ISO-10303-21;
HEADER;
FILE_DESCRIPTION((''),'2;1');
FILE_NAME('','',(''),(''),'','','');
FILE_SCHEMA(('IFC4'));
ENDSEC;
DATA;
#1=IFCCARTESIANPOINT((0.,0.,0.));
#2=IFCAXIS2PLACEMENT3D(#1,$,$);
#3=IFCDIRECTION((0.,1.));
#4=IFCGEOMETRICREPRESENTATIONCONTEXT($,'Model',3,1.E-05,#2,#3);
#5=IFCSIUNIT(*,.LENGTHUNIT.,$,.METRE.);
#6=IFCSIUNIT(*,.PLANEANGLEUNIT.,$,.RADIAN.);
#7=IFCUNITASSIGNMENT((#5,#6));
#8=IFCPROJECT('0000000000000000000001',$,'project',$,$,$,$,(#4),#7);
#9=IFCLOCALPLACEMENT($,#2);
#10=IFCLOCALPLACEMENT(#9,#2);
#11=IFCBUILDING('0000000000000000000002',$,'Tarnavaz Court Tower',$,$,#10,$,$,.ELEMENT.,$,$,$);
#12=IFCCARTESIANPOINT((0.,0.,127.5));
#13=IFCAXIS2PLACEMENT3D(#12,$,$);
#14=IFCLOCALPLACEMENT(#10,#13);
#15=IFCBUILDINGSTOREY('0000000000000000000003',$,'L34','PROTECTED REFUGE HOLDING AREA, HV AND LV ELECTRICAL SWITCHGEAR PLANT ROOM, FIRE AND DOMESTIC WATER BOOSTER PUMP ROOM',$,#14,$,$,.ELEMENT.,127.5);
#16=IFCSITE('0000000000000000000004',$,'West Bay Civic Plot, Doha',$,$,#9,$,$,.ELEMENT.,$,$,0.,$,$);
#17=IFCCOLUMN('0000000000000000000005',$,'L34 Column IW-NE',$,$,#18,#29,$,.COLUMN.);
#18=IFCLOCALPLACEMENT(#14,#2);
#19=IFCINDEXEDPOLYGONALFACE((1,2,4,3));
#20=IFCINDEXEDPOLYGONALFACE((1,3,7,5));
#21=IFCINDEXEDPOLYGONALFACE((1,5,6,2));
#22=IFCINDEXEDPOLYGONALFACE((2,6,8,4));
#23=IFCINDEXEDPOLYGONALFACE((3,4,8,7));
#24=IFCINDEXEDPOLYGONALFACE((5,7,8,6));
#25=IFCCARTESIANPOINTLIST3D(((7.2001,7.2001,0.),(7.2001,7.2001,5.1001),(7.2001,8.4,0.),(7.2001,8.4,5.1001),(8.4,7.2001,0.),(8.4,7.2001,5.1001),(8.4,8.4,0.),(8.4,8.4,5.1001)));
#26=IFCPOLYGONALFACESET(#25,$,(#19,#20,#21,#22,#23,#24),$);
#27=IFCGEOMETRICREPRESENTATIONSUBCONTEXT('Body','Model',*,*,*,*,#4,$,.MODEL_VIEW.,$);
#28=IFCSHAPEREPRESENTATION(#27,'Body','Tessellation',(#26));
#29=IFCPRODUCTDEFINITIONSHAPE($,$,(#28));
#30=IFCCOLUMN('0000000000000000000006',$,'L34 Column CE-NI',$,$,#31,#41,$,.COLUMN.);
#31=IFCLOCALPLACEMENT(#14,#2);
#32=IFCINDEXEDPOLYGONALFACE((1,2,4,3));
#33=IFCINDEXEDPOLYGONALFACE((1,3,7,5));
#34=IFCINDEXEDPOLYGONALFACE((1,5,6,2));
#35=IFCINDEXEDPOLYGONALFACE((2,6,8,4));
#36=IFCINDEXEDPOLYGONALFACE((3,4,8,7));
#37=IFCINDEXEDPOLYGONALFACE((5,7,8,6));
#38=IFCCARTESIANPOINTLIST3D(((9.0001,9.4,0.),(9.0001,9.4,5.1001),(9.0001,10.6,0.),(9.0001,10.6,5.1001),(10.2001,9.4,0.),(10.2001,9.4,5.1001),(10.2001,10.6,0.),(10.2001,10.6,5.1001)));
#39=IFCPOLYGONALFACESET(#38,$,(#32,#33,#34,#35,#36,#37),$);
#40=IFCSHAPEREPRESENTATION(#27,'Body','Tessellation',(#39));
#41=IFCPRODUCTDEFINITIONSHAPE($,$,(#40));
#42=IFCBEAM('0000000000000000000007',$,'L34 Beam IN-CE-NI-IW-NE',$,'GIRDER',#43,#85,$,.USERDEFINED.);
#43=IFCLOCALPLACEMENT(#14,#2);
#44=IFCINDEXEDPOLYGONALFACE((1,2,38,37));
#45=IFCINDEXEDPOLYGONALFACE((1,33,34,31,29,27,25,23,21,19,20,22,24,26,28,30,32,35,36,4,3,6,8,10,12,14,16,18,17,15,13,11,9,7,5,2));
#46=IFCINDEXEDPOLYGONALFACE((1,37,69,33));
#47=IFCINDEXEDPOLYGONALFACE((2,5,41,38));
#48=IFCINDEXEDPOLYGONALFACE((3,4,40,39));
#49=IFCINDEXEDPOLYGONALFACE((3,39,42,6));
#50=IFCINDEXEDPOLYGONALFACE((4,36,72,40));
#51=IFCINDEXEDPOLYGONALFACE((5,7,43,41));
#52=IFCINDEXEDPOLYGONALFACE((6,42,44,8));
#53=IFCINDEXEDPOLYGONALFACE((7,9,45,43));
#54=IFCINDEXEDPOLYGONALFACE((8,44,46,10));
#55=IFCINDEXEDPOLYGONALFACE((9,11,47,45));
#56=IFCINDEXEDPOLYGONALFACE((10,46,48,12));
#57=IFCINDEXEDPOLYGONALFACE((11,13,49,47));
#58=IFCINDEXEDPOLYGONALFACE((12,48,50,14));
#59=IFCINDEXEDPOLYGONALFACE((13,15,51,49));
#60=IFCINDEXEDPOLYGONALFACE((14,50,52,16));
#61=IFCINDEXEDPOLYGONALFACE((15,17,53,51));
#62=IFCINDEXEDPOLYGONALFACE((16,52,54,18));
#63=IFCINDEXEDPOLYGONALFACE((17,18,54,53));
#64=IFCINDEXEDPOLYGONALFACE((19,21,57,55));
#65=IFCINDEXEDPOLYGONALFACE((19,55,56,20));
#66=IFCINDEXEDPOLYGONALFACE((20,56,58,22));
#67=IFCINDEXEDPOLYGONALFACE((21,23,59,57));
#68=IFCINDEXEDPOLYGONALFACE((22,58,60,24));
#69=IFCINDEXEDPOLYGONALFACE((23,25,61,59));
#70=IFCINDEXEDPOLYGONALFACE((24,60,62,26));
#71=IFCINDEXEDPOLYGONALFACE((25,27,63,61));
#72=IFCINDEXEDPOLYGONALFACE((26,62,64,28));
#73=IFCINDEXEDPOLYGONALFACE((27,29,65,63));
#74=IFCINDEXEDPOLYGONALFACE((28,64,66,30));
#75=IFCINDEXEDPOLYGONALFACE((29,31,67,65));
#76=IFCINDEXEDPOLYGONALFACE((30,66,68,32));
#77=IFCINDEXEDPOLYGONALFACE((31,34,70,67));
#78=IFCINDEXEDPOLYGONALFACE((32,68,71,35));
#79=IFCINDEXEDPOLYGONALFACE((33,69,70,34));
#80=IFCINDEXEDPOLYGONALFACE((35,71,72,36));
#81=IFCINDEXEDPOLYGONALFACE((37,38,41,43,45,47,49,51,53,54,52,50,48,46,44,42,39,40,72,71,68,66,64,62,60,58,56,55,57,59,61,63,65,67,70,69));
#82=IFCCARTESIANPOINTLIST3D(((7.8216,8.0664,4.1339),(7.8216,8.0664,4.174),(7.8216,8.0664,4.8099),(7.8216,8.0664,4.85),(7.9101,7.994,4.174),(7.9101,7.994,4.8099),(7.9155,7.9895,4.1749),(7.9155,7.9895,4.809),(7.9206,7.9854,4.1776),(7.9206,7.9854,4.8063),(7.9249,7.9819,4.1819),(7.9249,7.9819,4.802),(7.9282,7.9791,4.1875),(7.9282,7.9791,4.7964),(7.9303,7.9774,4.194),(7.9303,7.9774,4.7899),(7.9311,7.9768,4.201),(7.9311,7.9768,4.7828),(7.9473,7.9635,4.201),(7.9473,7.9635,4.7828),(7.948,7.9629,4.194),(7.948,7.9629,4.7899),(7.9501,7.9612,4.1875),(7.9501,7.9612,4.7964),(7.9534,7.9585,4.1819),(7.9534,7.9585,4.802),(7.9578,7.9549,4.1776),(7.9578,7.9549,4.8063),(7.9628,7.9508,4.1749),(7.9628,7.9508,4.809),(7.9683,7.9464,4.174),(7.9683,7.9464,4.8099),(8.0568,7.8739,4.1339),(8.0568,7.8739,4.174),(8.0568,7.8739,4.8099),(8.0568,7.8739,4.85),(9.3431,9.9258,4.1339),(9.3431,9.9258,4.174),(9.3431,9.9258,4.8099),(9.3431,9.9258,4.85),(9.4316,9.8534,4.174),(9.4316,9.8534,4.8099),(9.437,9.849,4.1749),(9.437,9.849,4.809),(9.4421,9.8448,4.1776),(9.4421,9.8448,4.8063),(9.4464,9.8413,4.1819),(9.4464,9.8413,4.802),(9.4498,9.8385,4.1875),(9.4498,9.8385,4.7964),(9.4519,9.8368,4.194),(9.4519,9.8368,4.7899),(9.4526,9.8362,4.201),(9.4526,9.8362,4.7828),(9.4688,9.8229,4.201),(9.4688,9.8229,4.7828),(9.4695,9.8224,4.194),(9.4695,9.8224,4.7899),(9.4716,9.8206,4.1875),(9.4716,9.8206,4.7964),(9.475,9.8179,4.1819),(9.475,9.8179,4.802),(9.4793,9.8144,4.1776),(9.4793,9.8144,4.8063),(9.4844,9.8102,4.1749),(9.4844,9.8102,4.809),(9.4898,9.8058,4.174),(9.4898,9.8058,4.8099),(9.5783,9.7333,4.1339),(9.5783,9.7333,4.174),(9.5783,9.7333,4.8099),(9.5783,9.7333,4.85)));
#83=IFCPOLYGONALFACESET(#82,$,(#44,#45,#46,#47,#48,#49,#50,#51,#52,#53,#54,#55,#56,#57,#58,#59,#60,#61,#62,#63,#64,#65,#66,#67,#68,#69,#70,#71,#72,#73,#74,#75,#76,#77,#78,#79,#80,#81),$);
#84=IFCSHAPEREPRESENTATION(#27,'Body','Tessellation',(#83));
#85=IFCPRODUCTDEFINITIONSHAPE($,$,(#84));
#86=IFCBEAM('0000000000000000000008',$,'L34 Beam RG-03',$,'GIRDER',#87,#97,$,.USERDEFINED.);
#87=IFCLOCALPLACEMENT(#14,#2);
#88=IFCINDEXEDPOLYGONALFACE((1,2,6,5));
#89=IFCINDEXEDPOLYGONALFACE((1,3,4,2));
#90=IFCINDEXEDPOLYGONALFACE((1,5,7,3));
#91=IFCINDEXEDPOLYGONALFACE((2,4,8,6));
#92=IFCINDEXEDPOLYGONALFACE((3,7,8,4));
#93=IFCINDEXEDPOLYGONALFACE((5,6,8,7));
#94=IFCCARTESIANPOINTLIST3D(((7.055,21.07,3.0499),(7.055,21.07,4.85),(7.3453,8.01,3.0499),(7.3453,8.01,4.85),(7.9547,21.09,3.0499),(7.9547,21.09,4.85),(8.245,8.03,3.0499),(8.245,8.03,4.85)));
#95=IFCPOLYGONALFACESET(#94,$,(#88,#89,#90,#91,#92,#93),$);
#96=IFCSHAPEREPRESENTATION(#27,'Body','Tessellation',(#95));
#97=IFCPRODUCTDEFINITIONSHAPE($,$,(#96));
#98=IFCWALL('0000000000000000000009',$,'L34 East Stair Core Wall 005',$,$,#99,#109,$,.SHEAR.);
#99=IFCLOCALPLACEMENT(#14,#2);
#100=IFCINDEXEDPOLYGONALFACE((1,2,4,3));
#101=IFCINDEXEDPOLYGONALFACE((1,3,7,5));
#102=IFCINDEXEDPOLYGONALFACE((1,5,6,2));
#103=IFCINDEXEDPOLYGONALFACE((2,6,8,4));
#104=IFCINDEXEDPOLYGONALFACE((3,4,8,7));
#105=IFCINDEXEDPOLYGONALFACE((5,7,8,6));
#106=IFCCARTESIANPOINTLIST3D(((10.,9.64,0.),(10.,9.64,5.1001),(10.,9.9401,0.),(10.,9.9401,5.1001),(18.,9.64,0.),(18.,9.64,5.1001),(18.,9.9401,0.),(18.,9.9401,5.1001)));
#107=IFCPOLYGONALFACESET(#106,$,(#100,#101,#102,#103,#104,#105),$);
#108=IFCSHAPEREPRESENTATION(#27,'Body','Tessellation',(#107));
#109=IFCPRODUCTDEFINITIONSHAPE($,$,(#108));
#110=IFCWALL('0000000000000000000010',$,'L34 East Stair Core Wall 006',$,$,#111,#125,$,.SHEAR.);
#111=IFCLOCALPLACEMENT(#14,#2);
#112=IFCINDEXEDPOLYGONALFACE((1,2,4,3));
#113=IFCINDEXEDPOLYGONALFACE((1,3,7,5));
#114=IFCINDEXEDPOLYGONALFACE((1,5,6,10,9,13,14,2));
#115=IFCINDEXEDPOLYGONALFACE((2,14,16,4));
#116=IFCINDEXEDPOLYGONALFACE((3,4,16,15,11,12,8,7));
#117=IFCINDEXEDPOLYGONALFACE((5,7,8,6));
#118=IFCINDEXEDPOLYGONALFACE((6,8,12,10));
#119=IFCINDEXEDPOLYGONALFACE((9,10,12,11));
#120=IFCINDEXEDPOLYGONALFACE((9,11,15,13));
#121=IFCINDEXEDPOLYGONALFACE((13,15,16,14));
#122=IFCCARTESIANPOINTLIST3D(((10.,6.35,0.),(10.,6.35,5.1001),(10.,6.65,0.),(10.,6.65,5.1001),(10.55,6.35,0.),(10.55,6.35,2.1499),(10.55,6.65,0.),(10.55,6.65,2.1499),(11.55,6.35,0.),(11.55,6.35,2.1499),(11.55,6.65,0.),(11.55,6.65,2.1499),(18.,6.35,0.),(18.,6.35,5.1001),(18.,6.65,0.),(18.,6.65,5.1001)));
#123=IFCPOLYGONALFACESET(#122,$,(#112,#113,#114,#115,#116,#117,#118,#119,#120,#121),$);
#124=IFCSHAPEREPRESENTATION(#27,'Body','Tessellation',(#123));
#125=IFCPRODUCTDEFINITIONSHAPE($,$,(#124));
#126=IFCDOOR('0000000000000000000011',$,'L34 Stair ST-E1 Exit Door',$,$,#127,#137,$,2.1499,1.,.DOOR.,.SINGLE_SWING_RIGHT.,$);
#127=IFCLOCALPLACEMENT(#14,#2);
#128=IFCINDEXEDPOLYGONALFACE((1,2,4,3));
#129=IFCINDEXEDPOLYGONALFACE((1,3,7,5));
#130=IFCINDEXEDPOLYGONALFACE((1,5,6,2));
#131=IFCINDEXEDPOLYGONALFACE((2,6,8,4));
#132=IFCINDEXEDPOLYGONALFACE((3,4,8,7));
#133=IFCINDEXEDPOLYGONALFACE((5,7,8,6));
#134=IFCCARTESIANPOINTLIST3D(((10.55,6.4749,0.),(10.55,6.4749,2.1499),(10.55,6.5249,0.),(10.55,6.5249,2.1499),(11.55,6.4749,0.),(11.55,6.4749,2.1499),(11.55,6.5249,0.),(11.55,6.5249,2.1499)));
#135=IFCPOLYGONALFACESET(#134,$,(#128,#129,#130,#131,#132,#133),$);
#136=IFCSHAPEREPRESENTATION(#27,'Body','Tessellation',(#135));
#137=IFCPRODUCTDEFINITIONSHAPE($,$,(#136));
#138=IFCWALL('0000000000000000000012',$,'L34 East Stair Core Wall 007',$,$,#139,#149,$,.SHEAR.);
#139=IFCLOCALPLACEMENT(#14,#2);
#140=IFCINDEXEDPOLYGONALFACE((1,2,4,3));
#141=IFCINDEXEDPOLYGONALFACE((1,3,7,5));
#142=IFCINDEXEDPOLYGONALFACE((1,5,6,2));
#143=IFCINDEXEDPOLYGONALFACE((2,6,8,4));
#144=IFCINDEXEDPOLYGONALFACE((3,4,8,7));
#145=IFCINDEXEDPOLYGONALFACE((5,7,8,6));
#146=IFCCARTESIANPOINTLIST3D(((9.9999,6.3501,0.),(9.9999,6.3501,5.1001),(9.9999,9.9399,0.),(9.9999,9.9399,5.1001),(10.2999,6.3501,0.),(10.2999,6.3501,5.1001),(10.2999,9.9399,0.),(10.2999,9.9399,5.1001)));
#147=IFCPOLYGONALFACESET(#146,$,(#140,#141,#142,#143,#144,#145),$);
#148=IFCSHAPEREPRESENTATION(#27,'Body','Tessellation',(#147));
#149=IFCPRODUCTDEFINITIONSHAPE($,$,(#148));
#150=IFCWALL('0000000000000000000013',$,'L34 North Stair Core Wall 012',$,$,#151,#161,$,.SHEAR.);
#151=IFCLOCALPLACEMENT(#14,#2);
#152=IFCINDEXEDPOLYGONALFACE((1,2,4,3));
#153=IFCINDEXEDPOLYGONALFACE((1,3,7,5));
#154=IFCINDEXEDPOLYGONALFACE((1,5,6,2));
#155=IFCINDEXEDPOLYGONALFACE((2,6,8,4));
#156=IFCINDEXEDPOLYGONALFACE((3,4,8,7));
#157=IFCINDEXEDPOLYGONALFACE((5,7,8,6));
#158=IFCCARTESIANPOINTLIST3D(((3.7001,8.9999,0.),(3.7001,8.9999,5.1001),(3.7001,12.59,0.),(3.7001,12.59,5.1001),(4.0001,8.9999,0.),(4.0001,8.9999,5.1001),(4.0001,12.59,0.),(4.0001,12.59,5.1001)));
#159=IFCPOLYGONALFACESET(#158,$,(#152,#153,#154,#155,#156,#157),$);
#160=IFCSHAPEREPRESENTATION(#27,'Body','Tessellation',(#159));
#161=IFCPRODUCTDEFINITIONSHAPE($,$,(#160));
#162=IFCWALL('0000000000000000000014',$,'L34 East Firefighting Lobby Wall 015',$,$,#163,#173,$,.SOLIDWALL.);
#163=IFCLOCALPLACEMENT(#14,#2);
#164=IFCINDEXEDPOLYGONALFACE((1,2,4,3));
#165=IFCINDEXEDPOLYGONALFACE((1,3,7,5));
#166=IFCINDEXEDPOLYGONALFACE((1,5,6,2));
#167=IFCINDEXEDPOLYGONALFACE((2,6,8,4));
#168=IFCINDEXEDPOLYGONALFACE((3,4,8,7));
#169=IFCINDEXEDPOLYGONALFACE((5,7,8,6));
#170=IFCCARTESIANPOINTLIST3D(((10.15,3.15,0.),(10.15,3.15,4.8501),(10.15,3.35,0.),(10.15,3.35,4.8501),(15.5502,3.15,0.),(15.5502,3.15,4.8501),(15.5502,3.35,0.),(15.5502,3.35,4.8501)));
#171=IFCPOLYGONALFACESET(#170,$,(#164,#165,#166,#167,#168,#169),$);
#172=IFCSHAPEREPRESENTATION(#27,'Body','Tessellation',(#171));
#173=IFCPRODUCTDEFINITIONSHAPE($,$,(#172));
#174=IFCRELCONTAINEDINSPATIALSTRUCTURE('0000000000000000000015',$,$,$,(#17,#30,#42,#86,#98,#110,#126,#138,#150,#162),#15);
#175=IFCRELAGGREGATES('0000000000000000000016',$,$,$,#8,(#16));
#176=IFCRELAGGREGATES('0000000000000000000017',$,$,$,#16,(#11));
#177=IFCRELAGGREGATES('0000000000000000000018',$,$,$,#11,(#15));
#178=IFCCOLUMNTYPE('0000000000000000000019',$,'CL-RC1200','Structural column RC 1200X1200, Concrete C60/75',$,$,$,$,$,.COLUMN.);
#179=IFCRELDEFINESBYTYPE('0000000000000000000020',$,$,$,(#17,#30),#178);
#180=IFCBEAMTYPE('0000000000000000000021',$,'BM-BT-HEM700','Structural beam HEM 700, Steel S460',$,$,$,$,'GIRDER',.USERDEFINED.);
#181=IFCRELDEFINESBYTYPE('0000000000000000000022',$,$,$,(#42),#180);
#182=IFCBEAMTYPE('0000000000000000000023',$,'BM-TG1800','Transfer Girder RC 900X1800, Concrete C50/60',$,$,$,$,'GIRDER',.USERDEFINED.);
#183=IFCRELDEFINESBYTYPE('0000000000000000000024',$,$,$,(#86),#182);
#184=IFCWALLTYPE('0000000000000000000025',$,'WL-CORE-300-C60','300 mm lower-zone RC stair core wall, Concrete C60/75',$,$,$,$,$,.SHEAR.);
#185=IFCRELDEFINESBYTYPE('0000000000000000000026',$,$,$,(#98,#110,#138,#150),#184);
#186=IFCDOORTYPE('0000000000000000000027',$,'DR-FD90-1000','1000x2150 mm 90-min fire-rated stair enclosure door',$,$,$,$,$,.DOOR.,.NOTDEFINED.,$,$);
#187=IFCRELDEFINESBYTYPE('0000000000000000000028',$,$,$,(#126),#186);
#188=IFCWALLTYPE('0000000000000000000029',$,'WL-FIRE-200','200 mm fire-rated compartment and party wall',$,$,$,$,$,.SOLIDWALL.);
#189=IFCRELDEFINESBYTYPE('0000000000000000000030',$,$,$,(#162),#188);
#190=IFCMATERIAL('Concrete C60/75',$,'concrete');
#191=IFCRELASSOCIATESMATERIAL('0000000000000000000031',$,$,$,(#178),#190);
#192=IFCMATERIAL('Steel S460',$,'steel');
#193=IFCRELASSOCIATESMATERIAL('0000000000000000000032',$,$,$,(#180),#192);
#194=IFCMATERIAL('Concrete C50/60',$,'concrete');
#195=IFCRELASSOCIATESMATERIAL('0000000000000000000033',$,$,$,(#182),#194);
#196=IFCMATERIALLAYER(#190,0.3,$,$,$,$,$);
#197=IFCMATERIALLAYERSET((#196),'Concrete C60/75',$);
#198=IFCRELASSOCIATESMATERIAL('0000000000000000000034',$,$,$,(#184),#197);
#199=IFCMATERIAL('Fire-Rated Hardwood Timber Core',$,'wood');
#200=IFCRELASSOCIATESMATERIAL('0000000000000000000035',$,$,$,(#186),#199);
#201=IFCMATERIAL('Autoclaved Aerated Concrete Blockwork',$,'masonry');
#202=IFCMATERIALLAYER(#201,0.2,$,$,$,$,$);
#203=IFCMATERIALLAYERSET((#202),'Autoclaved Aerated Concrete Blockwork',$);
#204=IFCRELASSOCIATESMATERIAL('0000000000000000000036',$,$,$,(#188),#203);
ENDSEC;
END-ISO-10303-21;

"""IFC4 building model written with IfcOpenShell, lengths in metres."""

from ifc_helpers import new_model, si_unit, direction, frame, frame_2d, origin, origin_2d, place, context, subcontext, project, spatial, rectangle, i_section, extrude, material, layer, layer_set, material_profile, profile_set, type_object, element, fill, save


model = new_model("IFC4")

# Units and contexts
model_context = context("Model", 3, precision=1e-05, world=origin(), true_north=direction((0.0, 1.0)))
body_context = subcontext(model_context, "Body", "Model", "MODEL_VIEW")
ifc_project = project(units=[si_unit("LENGTHUNIT", "METRE"), si_unit("PLANEANGLEUNIT", "RADIAN")], contexts=[model_context])

# Site, building, storey
site_placement = place(None, origin())
site = spatial("IfcSite", under=ifc_project, at=site_placement, Name="West Bay Civic Plot, Doha", CompositionType="ELEMENT", RefElevation=0.0)
building_placement = place(site_placement, origin())
building = spatial("IfcBuilding", under=site, at=building_placement, Name="Tarnavaz Court Tower", CompositionType="ELEMENT")
storey_placement = place(building_placement, frame((0.0, 0.0, 127.5)))
storey = spatial("IfcBuildingStorey", under=building, at=storey_placement, Name="L34", Description="PROTECTED REFUGE HOLDING AREA, HV AND LV ELECTRICAL SWITCHGEAR PLANT ROOM, FIRE AND DOMESTIC WATER BOOSTER PUMP ROOM", CompositionType="ELEMENT", Elevation=127.5)

# Columns
ifc_material_1 = material(Name="Concrete C60/75", Category="concrete")
ifc_material_profile_1 = material_profile(ifc_material_1, rectangle(XDim=1.2, YDim=1.2, at=origin_2d()), Name="RC 1200X1200")
ifc_profile_set_1 = profile_set([ifc_material_profile_1], Name="Concrete C60/75")
column_type = type_object("IfcColumnType", Name="CL-RC1200", Description="Structural column RC 1200X1200, Concrete C60/75", PredefinedType="COLUMN", material=ifc_profile_set_1)
for number, where, z_axis, x_axis, name in (
    (1, (7.8, 7.8, 0.0), (0.0, 0.0, 1.0), (1.0, 0.0, 0.0), "L34 Column IW-NE"),
    (2, (9.6001, 10.0, 0.0), (0.0, 0.0, 1.0), (1.0, 0.0, 0.0), "L34 Column CE-NI"),
):
    element("IfcColumn", number, at=place(storey_placement, frame(where, z_axis=z_axis, x_axis=x_axis)), inside=storey, type_object=column_type, Name=name, PredefinedType="COLUMN", context=body_context, shape_type="SweptSolid", body=[
        extrude(rectangle(XDim=1.2, YDim=1.2, at=origin_2d()), origin(), (0.0, 0.0, 1.0), 5.1001),
    ])

# Beams
ifc_material_2 = material(Name="Steel S460", Category="steel")
ifc_material_profile_2 = material_profile(ifc_material_2, i_section(OverallWidth=0.304, OverallDepth=0.7161, WebThickness=0.021, FlangeThickness=0.04, FilletRadius=0.0271, at=origin_2d()), Name="HEM 700")
ifc_profile_set_2 = profile_set([ifc_material_profile_2], Name="Steel S460")
beam_type_1 = type_object("IfcBeamType", Name="BM-BT-HEM700", Description="Structural beam HEM 700, Steel S460", ElementType="GIRDER", PredefinedType="USERDEFINED", material=ifc_profile_set_2)
beam_1_placement = place(storey_placement, frame((9.4607, 9.8296, 4.4919), z_axis=(-0.633282, -0.773921, 0.0), x_axis=(0.773921, -0.633282, 0.0)))
element("IfcBeam", 3, at=beam_1_placement, inside=storey, type_object=beam_type_1, Name="L34 Beam IN-CE-NI-IW-NE", ObjectType="GIRDER", PredefinedType="USERDEFINED", context=body_context, shape_type="SweptSolid", body=[
    extrude(i_section(OverallWidth=0.304, OverallDepth=0.7161, WebThickness=0.021, FlangeThickness=0.04, FilletRadius=0.0271, at=origin_2d()), origin(), (0.0, 0.0, 1.0), 2.4026),
])
ifc_material_3 = material(Name="Concrete C50/60", Category="concrete")
ifc_material_profile_3 = material_profile(ifc_material_3, rectangle(XDim=0.8999, YDim=1.8, at=origin_2d()), Name="RC 900X1800")
ifc_profile_set_3 = profile_set([ifc_material_profile_3], Name="Concrete C50/60")
beam_type_2 = type_object("IfcBeamType", Name="BM-TG1800", Description="Transfer Girder RC 900X1800, Concrete C50/60", ElementType="GIRDER", PredefinedType="USERDEFINED", material=ifc_profile_set_3)
beam_2_placement = place(storey_placement, frame((7.7952, 8.02, 3.95), z_axis=(-0.022221, 0.999753, 0.0), x_axis=(-0.999753, -0.022221, 0.0)))
element("IfcBeam", 4, at=beam_2_placement, inside=storey, type_object=beam_type_2, Name="L34 Beam RG-03", ObjectType="GIRDER", PredefinedType="USERDEFINED", context=body_context, shape_type="SweptSolid", body=[
    extrude(rectangle(XDim=0.8999, YDim=1.8, at=origin_2d()), origin(), (0.0, 0.0, 1.0), 13.0632),
])

# Wall
ifc_layer_1 = layer(ifc_material_1, 0.3)
ifc_layer_set_1 = layer_set([ifc_layer_1], Name="Concrete C60/75")
wall_type_1 = type_object("IfcWallType", Name="WL-CORE-300-C60", Description="300 mm lower-zone RC stair core wall, Concrete C60/75", PredefinedType="SHEAR", material=ifc_layer_set_1)
wall_1_placement = place(storey_placement, frame((10.0, 9.79, 0.0), z_axis=(0.0, 0.0, 1.0), x_axis=(1.0, 0.0, 0.0)))
element("IfcWall", 5, at=wall_1_placement, inside=storey, type_object=wall_type_1, Name="L34 East Stair Core Wall 005", PredefinedType="SHEAR", context=body_context, shape_type="SweptSolid", body=[
    extrude(rectangle(XDim=8.0, YDim=0.3, at=frame_2d((4.0, 0.0))), origin(), (0.0, 0.0, 1.0), 5.1001),
])

# Wall, opening, door
wall_2_placement = place(storey_placement, frame((10.0, 6.5, 0.0), z_axis=(0.0, 0.0, 1.0), x_axis=(1.0, 0.0, 0.0)))
wall_2 = element("IfcWall", 6, at=wall_2_placement, inside=storey, type_object=wall_type_1, Name="L34 East Stair Core Wall 006", PredefinedType="SHEAR", context=body_context, shape_type="SweptSolid", body=[
    extrude(rectangle(XDim=8.0, YDim=0.3, at=frame_2d((4.0, 0.0))), origin(), (0.0, 0.0, 1.0), 5.1001),
])
opening_1_placement = place(wall_2_placement, frame((0.55, 0.0, 0.0)))
opening_1 = element("IfcOpeningElement", 7, at=opening_1_placement, cuts=wall_2, PredefinedType="OPENING", context=body_context, shape_type="SweptSolid", body=[
    extrude(rectangle(XDim=1.0, YDim=2.1499, at=frame_2d((0.5, 1.075))), frame((0.0, 0.1599, 0.0), z_axis=(0.0, -1.0, 0.0), x_axis=(1.0, 0.0, 0.0)), (0.0, 0.0, 1.0), 0.3201),
])
ifc_material_4 = material(Name="Fire-Rated Hardwood Timber Core", Category="wood")
door_type_1 = type_object("IfcDoorType", Name="DR-FD90-1000", Description="1000x2150 mm 90-min fire-rated stair enclosure door", OperationType="NOTDEFINED", PredefinedType="DOOR", material=ifc_material_4)
door_1_placement = place(opening_1_placement, origin())
door_1 = element("IfcDoor", 8, at=door_1_placement, inside=storey, type_object=door_type_1, Name="L34 Stair ST-E1 Exit Door", OperationType="SINGLE_SWING_RIGHT", OverallHeight=2.1499, OverallWidth=1.0, PredefinedType="DOOR", context=body_context, shape_type="SweptSolid", body=[
    extrude(rectangle(XDim=1.0, YDim=2.1499, at=frame_2d((0.5, 1.075))), frame((0.0, 0.0249, 0.0), z_axis=(0.0, -1.0, 0.0), x_axis=(1.0, 0.0, 0.0)), (0.0, 0.0, 1.0), 0.05),
])
fill(opening_1, door_1)

# Walls
wall_3_placement = place(storey_placement, frame((10.1499, 6.3501, 0.0), z_axis=(0.0, 0.0, 1.0), x_axis=(0.0, 1.0, 0.0)))
element("IfcWall", 9, at=wall_3_placement, inside=storey, type_object=wall_type_1, Name="L34 East Stair Core Wall 007", PredefinedType="SHEAR", context=body_context, shape_type="SweptSolid", body=[
    extrude(rectangle(XDim=3.5898, YDim=0.3, at=frame_2d((1.7949, 0.0))), origin(), (0.0, 0.0, 1.0), 5.1001),
])
wall_4_placement = place(storey_placement, frame((3.8501, 9.0, 0.0), z_axis=(0.0, 0.0, 1.0), x_axis=(0.0, 1.0, 0.0)))
element("IfcWall", 10, at=wall_4_placement, inside=storey, type_object=wall_type_1, Name="L34 North Stair Core Wall 012", PredefinedType="SHEAR", context=body_context, shape_type="SweptSolid", body=[
    extrude(rectangle(XDim=3.5901, YDim=0.3, at=frame_2d((1.7949, 0.0))), origin(), (0.0, 0.0, 1.0), 5.1001),
])
ifc_material_5 = material(Name="Autoclaved Aerated Concrete Blockwork", Category="masonry")
ifc_layer_2 = layer(ifc_material_5, 0.2)
ifc_layer_set_2 = layer_set([ifc_layer_2], Name="Autoclaved Aerated Concrete Blockwork")
wall_type_2 = type_object("IfcWallType", Name="WL-FIRE-200", Description="200 mm fire-rated compartment and party wall", PredefinedType="SOLIDWALL", material=ifc_layer_set_2)
wall_5_placement = place(storey_placement, frame((10.1499, 3.25, 0.0), z_axis=(0.0, 0.0, 1.0), x_axis=(1.0, 0.0, 0.0)))
element("IfcWall", 11, at=wall_5_placement, inside=storey, type_object=wall_type_2, Name="L34 East Firefighting Lobby Wall 015", PredefinedType="SOLIDWALL", context=body_context, shape_type="SweptSolid", body=[
    extrude(rectangle(XDim=5.4001, YDim=0.2, at=frame_2d((2.7002, 0.0))), origin(), (0.0, 0.0, 1.0), 4.8501),
])

save(model, "model.ifc")
